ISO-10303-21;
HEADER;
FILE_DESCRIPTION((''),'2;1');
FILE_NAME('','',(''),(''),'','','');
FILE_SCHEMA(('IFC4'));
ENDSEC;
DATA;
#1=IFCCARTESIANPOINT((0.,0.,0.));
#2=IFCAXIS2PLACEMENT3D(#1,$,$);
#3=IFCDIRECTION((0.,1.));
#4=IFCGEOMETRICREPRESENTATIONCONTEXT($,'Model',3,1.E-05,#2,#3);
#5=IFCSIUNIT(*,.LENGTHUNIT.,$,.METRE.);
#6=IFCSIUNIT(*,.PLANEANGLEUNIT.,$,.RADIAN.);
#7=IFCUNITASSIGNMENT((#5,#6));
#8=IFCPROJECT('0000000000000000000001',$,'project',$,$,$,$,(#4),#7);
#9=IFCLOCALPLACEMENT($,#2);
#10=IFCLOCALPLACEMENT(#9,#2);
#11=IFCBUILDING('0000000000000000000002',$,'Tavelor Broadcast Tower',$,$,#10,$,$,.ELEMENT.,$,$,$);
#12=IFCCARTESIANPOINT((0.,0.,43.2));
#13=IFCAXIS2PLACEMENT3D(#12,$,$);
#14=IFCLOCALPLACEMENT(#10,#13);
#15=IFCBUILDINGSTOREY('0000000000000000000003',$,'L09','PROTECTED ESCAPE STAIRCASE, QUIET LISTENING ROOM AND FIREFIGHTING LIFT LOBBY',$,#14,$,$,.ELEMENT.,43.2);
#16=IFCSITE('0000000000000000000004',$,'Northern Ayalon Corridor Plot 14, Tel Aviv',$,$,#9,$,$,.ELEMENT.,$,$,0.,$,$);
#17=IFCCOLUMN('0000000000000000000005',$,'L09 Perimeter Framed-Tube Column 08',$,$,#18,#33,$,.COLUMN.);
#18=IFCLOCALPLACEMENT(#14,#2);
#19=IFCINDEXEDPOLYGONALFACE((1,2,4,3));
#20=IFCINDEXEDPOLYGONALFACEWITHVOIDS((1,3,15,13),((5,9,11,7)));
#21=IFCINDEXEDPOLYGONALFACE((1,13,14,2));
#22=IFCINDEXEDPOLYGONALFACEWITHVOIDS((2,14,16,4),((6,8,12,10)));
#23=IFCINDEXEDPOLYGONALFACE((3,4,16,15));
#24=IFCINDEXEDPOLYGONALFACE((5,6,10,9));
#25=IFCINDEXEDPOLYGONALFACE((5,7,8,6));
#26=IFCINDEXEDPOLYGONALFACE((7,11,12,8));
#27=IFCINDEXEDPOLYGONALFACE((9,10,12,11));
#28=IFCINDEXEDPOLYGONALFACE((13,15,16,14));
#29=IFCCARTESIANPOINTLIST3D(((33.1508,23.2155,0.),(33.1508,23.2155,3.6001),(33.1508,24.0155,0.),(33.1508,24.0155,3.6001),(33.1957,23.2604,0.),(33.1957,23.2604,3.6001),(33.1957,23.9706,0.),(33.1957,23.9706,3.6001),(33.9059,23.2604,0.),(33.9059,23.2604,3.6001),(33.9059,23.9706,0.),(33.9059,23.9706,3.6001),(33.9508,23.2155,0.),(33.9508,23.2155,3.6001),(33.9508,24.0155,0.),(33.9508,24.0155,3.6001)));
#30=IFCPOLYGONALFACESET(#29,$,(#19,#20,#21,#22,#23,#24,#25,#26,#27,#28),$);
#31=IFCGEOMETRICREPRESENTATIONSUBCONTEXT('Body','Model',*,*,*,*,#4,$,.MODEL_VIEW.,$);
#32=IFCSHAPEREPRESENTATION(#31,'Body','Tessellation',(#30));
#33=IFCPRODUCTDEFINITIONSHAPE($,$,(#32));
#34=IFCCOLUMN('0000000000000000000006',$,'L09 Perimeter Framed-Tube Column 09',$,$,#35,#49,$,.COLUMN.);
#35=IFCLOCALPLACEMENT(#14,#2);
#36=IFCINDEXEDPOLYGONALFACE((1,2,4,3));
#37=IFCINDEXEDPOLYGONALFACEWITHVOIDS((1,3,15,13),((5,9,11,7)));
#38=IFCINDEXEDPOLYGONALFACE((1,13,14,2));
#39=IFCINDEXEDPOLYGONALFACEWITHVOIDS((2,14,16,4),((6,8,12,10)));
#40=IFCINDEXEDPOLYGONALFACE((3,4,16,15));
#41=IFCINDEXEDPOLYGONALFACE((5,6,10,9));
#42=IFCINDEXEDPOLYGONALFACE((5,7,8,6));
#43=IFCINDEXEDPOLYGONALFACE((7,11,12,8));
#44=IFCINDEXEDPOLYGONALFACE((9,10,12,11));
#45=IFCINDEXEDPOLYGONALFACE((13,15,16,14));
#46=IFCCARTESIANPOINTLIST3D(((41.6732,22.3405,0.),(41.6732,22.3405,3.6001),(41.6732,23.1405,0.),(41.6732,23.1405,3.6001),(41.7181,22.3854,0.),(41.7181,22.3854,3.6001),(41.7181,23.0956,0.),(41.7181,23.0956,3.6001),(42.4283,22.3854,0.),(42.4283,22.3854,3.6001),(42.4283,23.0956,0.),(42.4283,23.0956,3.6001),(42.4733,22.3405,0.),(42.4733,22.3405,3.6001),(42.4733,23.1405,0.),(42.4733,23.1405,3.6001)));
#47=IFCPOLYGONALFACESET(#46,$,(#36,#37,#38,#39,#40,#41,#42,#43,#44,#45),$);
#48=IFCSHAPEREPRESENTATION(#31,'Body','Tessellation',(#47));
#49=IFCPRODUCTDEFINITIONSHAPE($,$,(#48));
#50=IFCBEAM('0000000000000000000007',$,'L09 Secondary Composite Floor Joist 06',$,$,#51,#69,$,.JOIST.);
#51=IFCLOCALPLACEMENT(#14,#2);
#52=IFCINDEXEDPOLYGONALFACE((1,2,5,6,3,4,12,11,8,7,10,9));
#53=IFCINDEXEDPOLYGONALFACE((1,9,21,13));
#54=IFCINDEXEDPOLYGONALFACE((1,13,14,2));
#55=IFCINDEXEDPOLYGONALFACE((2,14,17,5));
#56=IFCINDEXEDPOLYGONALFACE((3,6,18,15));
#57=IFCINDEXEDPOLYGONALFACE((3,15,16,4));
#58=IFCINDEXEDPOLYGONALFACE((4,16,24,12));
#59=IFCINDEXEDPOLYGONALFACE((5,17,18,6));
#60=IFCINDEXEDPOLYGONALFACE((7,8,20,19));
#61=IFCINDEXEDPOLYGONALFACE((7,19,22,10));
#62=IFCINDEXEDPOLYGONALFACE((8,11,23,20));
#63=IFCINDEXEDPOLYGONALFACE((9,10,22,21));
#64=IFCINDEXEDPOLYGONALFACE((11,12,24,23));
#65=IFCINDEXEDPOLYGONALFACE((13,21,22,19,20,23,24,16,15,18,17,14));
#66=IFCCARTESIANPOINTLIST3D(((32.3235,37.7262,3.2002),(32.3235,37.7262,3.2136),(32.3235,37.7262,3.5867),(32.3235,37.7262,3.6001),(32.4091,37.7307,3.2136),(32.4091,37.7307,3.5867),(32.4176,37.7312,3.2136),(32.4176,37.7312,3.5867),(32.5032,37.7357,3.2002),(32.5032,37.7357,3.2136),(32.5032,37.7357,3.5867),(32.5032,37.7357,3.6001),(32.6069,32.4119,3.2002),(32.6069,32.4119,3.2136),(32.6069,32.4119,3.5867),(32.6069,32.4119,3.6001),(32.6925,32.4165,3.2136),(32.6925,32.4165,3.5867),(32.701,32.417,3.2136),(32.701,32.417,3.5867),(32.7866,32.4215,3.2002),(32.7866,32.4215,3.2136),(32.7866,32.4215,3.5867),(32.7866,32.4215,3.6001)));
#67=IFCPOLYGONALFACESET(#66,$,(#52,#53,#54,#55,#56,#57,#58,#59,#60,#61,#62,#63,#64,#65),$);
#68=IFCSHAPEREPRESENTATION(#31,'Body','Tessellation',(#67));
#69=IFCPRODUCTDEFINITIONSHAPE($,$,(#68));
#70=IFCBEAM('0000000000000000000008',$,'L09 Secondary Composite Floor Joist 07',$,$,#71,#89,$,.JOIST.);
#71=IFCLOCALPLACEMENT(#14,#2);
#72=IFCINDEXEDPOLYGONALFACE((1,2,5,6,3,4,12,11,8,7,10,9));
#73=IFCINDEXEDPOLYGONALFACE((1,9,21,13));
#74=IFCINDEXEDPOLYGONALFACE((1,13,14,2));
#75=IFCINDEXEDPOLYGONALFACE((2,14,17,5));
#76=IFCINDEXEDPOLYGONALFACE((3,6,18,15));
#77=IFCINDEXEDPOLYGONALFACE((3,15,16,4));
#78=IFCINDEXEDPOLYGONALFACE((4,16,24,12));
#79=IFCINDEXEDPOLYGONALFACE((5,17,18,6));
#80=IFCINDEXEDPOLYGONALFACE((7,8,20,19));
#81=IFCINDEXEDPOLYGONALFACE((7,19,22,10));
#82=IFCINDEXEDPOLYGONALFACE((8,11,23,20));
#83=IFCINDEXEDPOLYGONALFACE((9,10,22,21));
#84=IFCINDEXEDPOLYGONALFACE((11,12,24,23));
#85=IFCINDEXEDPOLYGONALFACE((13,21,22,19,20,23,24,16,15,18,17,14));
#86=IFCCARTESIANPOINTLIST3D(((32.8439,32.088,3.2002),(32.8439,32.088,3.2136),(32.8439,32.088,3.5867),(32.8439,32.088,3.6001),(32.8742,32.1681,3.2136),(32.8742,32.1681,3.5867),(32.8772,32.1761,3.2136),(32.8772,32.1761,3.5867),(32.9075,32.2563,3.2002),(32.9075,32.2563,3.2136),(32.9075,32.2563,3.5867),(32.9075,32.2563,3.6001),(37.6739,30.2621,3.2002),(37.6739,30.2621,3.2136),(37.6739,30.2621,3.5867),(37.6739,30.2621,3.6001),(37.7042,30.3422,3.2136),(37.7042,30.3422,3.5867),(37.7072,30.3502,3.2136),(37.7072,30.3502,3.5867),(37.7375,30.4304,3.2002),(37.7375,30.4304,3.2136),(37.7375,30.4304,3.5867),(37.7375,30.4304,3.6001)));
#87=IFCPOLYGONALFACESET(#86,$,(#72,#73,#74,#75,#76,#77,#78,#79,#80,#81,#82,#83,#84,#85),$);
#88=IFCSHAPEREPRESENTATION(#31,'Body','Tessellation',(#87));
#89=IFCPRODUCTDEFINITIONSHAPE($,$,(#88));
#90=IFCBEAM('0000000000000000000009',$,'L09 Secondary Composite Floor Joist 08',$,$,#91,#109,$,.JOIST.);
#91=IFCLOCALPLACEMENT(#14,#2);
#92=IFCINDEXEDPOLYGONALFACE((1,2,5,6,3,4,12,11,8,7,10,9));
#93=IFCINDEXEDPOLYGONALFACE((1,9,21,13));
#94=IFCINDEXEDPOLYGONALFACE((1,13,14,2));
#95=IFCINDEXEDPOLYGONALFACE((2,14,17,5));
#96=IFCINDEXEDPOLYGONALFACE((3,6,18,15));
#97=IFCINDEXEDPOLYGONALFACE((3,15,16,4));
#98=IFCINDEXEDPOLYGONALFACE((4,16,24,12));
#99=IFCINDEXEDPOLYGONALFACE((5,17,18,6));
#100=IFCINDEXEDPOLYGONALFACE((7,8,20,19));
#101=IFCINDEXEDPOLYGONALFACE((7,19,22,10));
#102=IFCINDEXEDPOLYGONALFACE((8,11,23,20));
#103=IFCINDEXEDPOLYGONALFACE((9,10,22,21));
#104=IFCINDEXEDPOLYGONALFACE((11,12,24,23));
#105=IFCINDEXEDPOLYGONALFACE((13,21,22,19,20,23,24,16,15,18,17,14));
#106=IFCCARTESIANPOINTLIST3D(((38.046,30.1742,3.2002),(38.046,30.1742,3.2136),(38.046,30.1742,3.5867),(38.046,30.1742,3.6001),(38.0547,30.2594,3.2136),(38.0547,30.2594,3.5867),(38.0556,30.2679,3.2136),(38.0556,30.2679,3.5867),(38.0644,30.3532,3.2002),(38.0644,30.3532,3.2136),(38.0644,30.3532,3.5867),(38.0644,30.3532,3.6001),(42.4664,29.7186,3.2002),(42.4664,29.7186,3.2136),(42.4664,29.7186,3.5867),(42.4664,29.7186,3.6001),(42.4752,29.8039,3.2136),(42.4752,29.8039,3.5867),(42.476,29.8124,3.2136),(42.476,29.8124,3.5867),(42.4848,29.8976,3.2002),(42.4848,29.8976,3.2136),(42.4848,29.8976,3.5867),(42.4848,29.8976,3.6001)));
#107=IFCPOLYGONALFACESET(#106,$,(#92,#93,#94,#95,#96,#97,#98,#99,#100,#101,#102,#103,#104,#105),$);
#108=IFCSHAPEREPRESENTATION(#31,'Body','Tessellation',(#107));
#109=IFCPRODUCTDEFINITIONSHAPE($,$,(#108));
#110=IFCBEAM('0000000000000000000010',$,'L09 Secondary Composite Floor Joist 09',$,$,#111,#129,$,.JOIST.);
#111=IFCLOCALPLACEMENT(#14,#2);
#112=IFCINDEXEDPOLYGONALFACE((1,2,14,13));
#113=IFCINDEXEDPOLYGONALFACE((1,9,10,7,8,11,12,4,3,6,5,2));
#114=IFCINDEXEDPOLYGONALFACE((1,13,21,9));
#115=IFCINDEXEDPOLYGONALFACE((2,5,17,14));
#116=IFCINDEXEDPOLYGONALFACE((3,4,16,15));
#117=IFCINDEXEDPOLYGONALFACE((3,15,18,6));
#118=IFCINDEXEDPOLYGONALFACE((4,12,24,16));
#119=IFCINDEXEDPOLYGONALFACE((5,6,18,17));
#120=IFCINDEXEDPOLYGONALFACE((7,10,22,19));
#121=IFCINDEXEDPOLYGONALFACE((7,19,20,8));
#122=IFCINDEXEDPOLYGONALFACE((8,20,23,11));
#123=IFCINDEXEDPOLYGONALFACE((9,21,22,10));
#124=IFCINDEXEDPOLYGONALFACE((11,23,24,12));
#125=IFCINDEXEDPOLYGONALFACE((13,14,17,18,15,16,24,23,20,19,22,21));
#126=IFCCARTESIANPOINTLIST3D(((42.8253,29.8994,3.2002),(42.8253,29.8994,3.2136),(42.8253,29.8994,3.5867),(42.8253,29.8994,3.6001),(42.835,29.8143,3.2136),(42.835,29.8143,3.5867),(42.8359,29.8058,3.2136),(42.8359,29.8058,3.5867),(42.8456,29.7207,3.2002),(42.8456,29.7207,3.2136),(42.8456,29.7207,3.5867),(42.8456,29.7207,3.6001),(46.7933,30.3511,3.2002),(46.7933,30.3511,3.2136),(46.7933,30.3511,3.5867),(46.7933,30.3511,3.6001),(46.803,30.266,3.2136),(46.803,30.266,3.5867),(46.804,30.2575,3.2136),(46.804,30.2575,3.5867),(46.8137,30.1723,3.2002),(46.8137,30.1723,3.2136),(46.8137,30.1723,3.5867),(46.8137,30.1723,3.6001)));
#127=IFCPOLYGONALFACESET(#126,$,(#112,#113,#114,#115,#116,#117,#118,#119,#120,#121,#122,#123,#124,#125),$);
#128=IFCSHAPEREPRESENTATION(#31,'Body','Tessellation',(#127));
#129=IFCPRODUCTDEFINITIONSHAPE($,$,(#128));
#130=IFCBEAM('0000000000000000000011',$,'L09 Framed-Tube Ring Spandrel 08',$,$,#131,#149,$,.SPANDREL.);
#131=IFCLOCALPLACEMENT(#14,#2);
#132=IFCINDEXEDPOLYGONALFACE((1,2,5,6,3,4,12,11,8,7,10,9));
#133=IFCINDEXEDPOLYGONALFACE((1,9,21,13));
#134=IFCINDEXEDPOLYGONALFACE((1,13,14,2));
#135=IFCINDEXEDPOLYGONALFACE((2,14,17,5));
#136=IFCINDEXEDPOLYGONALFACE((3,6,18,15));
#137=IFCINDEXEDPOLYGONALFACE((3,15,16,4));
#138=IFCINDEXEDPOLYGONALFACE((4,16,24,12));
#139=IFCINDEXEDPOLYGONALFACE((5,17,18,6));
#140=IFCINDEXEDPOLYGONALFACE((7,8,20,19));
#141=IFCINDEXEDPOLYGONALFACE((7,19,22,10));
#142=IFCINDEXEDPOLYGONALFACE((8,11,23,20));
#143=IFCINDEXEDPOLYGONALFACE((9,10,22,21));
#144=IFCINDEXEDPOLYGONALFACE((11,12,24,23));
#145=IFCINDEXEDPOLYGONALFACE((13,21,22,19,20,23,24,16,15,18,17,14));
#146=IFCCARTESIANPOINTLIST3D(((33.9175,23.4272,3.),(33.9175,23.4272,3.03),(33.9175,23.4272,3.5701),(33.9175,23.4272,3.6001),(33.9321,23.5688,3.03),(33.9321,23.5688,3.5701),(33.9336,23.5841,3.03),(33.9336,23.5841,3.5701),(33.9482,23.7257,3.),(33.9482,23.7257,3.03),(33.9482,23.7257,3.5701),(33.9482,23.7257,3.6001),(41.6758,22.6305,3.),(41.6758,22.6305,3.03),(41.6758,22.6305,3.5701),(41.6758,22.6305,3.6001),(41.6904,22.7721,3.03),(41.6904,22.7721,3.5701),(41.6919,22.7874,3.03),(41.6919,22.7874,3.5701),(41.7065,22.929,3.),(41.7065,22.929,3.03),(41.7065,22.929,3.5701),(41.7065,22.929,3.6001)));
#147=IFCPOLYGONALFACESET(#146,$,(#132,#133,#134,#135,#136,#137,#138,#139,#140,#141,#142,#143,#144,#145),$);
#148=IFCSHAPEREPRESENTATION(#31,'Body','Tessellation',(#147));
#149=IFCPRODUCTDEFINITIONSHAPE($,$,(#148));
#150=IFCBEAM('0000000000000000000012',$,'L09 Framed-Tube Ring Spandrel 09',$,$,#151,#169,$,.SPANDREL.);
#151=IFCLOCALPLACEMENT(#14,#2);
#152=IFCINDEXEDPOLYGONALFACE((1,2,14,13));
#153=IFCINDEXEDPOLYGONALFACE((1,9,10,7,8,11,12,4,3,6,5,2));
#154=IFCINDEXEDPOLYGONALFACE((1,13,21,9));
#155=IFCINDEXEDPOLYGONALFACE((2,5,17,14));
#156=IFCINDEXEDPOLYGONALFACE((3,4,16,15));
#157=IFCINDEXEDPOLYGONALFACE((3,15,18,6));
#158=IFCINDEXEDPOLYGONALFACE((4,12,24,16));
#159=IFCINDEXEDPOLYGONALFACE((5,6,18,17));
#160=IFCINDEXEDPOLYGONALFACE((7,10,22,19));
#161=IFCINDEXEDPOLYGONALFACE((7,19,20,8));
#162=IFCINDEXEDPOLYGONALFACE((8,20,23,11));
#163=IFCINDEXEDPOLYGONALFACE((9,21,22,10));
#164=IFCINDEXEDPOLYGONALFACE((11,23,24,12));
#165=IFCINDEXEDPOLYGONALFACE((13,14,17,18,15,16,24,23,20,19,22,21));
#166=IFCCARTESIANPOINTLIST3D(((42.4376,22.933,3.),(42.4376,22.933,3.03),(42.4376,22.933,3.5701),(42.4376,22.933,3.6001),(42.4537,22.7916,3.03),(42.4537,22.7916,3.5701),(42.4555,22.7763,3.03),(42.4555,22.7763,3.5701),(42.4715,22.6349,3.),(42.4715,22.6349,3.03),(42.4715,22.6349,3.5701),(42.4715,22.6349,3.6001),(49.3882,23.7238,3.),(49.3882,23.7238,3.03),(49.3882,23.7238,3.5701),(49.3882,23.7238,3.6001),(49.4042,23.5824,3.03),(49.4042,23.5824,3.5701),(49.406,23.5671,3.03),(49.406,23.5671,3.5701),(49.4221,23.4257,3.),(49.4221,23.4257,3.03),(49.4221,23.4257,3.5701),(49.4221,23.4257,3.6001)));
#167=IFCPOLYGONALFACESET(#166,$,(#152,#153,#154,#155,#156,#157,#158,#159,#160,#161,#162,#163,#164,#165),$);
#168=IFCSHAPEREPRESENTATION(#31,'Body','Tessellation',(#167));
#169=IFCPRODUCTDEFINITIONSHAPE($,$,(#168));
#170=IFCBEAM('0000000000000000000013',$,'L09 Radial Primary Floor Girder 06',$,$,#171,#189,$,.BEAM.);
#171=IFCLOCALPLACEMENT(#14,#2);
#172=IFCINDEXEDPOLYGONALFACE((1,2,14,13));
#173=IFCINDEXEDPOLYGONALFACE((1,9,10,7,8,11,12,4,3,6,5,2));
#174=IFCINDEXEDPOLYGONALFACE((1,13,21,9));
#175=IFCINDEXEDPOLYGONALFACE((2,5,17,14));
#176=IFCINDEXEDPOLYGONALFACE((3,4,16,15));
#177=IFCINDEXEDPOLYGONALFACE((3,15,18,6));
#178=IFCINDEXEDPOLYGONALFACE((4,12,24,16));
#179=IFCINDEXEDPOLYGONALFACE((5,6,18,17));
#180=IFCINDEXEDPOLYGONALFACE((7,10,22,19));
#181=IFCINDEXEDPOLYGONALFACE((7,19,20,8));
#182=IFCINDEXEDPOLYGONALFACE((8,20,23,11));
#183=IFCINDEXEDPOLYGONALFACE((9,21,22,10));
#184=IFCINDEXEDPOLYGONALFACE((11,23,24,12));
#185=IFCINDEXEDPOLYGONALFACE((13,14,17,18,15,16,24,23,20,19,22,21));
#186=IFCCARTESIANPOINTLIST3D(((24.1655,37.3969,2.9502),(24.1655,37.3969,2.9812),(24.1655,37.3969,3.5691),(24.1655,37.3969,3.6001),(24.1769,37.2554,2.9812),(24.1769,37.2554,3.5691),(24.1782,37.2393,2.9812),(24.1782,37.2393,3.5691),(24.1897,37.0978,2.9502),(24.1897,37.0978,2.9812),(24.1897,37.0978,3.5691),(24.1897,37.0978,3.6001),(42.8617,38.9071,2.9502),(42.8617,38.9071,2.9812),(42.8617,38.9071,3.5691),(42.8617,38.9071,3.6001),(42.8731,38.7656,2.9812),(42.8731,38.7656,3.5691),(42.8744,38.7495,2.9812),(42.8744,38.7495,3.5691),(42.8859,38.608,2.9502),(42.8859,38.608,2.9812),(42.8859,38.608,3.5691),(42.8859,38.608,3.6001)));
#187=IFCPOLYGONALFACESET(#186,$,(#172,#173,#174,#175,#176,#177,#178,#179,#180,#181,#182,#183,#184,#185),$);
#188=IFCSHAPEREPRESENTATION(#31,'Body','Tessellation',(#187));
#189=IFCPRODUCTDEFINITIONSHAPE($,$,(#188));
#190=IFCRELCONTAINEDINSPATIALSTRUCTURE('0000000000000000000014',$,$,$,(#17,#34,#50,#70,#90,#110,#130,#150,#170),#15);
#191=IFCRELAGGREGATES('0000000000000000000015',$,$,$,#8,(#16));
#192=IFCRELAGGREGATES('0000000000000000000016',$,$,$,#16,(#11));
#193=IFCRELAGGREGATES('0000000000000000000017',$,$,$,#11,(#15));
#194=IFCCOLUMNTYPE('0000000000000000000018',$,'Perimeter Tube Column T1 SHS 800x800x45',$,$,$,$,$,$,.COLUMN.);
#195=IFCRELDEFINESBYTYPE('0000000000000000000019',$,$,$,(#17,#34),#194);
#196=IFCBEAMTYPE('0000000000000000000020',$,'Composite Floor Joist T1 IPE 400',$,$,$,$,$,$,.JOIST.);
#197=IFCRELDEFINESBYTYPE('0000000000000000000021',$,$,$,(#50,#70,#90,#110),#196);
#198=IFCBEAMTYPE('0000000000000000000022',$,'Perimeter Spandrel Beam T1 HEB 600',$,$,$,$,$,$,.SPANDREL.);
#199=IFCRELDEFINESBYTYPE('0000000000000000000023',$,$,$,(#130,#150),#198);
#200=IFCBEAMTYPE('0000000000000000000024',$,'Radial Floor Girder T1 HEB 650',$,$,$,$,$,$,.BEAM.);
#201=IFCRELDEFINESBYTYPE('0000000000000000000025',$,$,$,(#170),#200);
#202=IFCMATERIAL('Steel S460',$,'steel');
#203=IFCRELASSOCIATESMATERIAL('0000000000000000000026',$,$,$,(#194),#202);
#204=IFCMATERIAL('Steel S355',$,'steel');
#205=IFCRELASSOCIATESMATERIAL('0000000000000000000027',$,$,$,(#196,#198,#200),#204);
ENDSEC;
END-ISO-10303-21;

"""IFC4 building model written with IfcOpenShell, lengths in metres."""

from ifc_helpers import new_model, si_unit, direction, frame, origin, origin_2d, place, context, subcontext, project, spatial, hollow_rectangle, i_section, extrude, material, material_profile, profile_set, type_object, element, save


model = new_model("IFC4")

# Units and contexts
model_context = context("Model", 3, precision=1e-05, world=origin(), true_north=direction((0.0, 1.0)))
body_context = subcontext(model_context, "Body", "Model", "MODEL_VIEW")
ifc_project = project(units=[si_unit("LENGTHUNIT", "METRE"), si_unit("PLANEANGLEUNIT", "RADIAN")], contexts=[model_context])

# Site, building, storey
site_placement = place(None, origin())
site = spatial("IfcSite", under=ifc_project, at=site_placement, Name="Northern Ayalon Corridor Plot 14, Tel Aviv", CompositionType="ELEMENT", RefElevation=0.0)
building_placement = place(site_placement, origin())
building = spatial("IfcBuilding", under=site, at=building_placement, Name="Tavelor Broadcast Tower", CompositionType="ELEMENT")
storey_placement = place(building_placement, frame((0.0, 0.0, 43.2)))
storey = spatial("IfcBuildingStorey", under=building, at=storey_placement, Name="L09", Description="PROTECTED ESCAPE STAIRCASE, QUIET LISTENING ROOM AND FIREFIGHTING LIFT LOBBY", CompositionType="ELEMENT", Elevation=43.2)

# Columns
ifc_material_1 = material(Name="Steel S460", Category="steel")
ifc_material_profile_1 = material_profile(ifc_material_1, hollow_rectangle(XDim=0.8, YDim=0.8, WallThickness=0.0449, at=origin_2d()), Name="SHS 800x800x45")
ifc_profile_set_1 = profile_set([ifc_material_profile_1], Name="Steel S460")
column_type = type_object("IfcColumnType", Name="Perimeter Tube Column T1 SHS 800x800x45", PredefinedType="COLUMN", material=ifc_profile_set_1)
for number, where, z_axis, x_axis, name in (
    (1, (33.5508, 23.6155, 0.0), (0.0, 0.0, 1.0), (1.0, 0.0, 0.0), "L09 Perimeter Framed-Tube Column 08"),
    (2, (42.0732, 22.7405, 0.0), (0.0, 0.0, 1.0), (1.0, 0.0, 0.0), "L09 Perimeter Framed-Tube Column 09"),
):
    element("IfcColumn", number, at=place(storey_placement, frame(where, z_axis=z_axis, x_axis=x_axis)), inside=storey, type_object=column_type, Name=name, PredefinedType="COLUMN", context=body_context, shape_type="SweptSolid", body=[
        extrude(hollow_rectangle(XDim=0.8, YDim=0.8, WallThickness=0.0449, at=origin_2d()), origin(), (0.0, 0.0, 1.0), 3.6001),
    ])

# Beams
ifc_material_2 = material(Name="Steel S355", Category="steel")
ifc_material_profile_2 = material_profile(ifc_material_2, i_section(OverallWidth=0.1799, OverallDepth=0.3999, WebThickness=0.0085, FlangeThickness=0.0134, at=origin_2d()), Name="IPE 400")
ifc_profile_set_2 = profile_set([ifc_material_profile_2], Name="Steel S355")
beam_type_1 = type_object("IfcBeamType", Name="Composite Floor Joist T1 IPE 400", PredefinedType="JOIST", material=ifc_profile_set_2)
beam_1_placement = place(storey_placement, frame((32.4133, 37.731, 3.4001), z_axis=(0.053262, -0.998581, 0.0), x_axis=(0.998581, 0.053262, 0.0)))
element("IfcBeam", 3, at=beam_1_placement, inside=storey, type_object=beam_type_1, Name="L09 Secondary Composite Floor Joist 06", PredefinedType="JOIST", context=body_context, shape_type="SweptSolid", body=[
    extrude(i_section(OverallWidth=0.1799, OverallDepth=0.3999, WebThickness=0.0085, FlangeThickness=0.0134, at=origin_2d()), origin(), (0.0, 0.0, 1.0), 5.3218),
])
beam_2_placement = place(storey_placement, frame((32.8757, 32.1721, 3.4001), z_axis=(0.935393, -0.353609, 0.0), x_axis=(0.353609, 0.935393, 0.0)))
element("IfcBeam", 4, at=beam_2_placement, inside=storey, type_object=beam_type_1, Name="L09 Secondary Composite Floor Joist 07", PredefinedType="JOIST", context=body_context, shape_type="SweptSolid", body=[
    extrude(i_section(OverallWidth=0.1799, OverallDepth=0.3999, WebThickness=0.0085, FlangeThickness=0.0134, at=origin_2d()), origin(), (0.0, 0.0, 1.0), 5.1636),
])
beam_3_placement = place(storey_placement, frame((38.0552, 30.2637, 3.4001), z_axis=(0.994731, -0.102517, 0.0), x_axis=(0.102517, 0.994731, 0.0)))
element("IfcBeam", 5, at=beam_3_placement, inside=storey, type_object=beam_type_1, Name="L09 Secondary Composite Floor Joist 08", PredefinedType="JOIST", context=body_context, shape_type="SweptSolid", body=[
    extrude(i_section(OverallWidth=0.1799, OverallDepth=0.3999, WebThickness=0.0085, FlangeThickness=0.0134, at=origin_2d()), origin(), (0.0, 0.0, 1.0), 4.4438),
])
beam_4_placement = place(storey_placement, frame((42.8354, 29.8101, 3.4001), z_axis=(0.993584, 0.113095, 0.0), x_axis=(-0.113095, 0.993584, 0.0)))
element("IfcBeam", 6, at=beam_4_placement, inside=storey, type_object=beam_type_1, Name="L09 Secondary Composite Floor Joist 09", PredefinedType="JOIST", context=body_context, shape_type="SweptSolid", body=[
    extrude(i_section(OverallWidth=0.1799, OverallDepth=0.3999, WebThickness=0.0085, FlangeThickness=0.0134, at=origin_2d()), origin(), (0.0, 0.0, 1.0), 3.9937),
])
ifc_material_profile_3 = material_profile(ifc_material_2, i_section(OverallWidth=0.3, OverallDepth=0.6001, WebThickness=0.0154, FlangeThickness=0.03, at=origin_2d()), Name="HEB 600")
ifc_profile_set_3 = profile_set([ifc_material_profile_3], Name="Steel S355")
beam_type_2 = type_object("IfcBeamType", Name="Perimeter Spandrel Beam T1 HEB 600", PredefinedType="SPANDREL", material=ifc_profile_set_3)
beam_5_placement = place(storey_placement, frame((33.9329, 23.5764, 3.3), z_axis=(0.99477, -0.102144, 0.0), x_axis=(0.102144, 0.99477, 0.0)))
element("IfcBeam", 7, at=beam_5_placement, inside=storey, type_object=beam_type_2, Name="L09 Framed-Tube Ring Spandrel 08", PredefinedType="SPANDREL", context=body_context, shape_type="SweptSolid", body=[
    extrude(i_section(OverallWidth=0.3, OverallDepth=0.6001, WebThickness=0.0154, FlangeThickness=0.03, at=origin_2d()), origin(), (0.0, 0.0, 1.0), 7.7991),
])
beam_6_placement = place(storey_placement, frame((42.4546, 22.7839, 3.3), z_axis=(0.99359, 0.113044, 0.0), x_axis=(-0.113044, 0.99359, 0.0)))
element("IfcBeam", 8, at=beam_6_placement, inside=storey, type_object=beam_type_2, Name="L09 Framed-Tube Ring Spandrel 09", PredefinedType="SPANDREL", context=body_context, shape_type="SweptSolid", body=[
    extrude(i_section(OverallWidth=0.3, OverallDepth=0.6001, WebThickness=0.0154, FlangeThickness=0.03, at=origin_2d()), origin(), (0.0, 0.0, 1.0), 6.9954),
])
ifc_material_profile_4 = material_profile(ifc_material_2, i_section(OverallWidth=0.3, OverallDepth=0.6499, WebThickness=0.0161, FlangeThickness=0.031, at=origin_2d()), Name="HEB 650")
ifc_profile_set_4 = profile_set([ifc_material_profile_4], Name="Steel S355")
beam_type_3 = type_object("IfcBeamType", Name="Radial Floor Girder T1 HEB 650", PredefinedType="BEAM", material=ifc_profile_set_4)
beam_7_placement = place(storey_placement, frame((42.8738, 38.7576, 3.2751), z_axis=(-0.996753, -0.080516, 0.0), x_axis=(0.080516, -0.996753, 0.0)))
element("IfcBeam", 9, at=beam_7_placement, inside=storey, type_object=beam_type_3, Name="L09 Radial Primary Floor Girder 06", PredefinedType="BEAM", context=body_context, shape_type="SweptSolid", body=[
    extrude(i_section(OverallWidth=0.3, OverallDepth=0.6499, WebThickness=0.0161, FlangeThickness=0.031, at=origin_2d()), origin(), (0.0, 0.0, 1.0), 18.7571),
])

save(model, "model.ifc")
